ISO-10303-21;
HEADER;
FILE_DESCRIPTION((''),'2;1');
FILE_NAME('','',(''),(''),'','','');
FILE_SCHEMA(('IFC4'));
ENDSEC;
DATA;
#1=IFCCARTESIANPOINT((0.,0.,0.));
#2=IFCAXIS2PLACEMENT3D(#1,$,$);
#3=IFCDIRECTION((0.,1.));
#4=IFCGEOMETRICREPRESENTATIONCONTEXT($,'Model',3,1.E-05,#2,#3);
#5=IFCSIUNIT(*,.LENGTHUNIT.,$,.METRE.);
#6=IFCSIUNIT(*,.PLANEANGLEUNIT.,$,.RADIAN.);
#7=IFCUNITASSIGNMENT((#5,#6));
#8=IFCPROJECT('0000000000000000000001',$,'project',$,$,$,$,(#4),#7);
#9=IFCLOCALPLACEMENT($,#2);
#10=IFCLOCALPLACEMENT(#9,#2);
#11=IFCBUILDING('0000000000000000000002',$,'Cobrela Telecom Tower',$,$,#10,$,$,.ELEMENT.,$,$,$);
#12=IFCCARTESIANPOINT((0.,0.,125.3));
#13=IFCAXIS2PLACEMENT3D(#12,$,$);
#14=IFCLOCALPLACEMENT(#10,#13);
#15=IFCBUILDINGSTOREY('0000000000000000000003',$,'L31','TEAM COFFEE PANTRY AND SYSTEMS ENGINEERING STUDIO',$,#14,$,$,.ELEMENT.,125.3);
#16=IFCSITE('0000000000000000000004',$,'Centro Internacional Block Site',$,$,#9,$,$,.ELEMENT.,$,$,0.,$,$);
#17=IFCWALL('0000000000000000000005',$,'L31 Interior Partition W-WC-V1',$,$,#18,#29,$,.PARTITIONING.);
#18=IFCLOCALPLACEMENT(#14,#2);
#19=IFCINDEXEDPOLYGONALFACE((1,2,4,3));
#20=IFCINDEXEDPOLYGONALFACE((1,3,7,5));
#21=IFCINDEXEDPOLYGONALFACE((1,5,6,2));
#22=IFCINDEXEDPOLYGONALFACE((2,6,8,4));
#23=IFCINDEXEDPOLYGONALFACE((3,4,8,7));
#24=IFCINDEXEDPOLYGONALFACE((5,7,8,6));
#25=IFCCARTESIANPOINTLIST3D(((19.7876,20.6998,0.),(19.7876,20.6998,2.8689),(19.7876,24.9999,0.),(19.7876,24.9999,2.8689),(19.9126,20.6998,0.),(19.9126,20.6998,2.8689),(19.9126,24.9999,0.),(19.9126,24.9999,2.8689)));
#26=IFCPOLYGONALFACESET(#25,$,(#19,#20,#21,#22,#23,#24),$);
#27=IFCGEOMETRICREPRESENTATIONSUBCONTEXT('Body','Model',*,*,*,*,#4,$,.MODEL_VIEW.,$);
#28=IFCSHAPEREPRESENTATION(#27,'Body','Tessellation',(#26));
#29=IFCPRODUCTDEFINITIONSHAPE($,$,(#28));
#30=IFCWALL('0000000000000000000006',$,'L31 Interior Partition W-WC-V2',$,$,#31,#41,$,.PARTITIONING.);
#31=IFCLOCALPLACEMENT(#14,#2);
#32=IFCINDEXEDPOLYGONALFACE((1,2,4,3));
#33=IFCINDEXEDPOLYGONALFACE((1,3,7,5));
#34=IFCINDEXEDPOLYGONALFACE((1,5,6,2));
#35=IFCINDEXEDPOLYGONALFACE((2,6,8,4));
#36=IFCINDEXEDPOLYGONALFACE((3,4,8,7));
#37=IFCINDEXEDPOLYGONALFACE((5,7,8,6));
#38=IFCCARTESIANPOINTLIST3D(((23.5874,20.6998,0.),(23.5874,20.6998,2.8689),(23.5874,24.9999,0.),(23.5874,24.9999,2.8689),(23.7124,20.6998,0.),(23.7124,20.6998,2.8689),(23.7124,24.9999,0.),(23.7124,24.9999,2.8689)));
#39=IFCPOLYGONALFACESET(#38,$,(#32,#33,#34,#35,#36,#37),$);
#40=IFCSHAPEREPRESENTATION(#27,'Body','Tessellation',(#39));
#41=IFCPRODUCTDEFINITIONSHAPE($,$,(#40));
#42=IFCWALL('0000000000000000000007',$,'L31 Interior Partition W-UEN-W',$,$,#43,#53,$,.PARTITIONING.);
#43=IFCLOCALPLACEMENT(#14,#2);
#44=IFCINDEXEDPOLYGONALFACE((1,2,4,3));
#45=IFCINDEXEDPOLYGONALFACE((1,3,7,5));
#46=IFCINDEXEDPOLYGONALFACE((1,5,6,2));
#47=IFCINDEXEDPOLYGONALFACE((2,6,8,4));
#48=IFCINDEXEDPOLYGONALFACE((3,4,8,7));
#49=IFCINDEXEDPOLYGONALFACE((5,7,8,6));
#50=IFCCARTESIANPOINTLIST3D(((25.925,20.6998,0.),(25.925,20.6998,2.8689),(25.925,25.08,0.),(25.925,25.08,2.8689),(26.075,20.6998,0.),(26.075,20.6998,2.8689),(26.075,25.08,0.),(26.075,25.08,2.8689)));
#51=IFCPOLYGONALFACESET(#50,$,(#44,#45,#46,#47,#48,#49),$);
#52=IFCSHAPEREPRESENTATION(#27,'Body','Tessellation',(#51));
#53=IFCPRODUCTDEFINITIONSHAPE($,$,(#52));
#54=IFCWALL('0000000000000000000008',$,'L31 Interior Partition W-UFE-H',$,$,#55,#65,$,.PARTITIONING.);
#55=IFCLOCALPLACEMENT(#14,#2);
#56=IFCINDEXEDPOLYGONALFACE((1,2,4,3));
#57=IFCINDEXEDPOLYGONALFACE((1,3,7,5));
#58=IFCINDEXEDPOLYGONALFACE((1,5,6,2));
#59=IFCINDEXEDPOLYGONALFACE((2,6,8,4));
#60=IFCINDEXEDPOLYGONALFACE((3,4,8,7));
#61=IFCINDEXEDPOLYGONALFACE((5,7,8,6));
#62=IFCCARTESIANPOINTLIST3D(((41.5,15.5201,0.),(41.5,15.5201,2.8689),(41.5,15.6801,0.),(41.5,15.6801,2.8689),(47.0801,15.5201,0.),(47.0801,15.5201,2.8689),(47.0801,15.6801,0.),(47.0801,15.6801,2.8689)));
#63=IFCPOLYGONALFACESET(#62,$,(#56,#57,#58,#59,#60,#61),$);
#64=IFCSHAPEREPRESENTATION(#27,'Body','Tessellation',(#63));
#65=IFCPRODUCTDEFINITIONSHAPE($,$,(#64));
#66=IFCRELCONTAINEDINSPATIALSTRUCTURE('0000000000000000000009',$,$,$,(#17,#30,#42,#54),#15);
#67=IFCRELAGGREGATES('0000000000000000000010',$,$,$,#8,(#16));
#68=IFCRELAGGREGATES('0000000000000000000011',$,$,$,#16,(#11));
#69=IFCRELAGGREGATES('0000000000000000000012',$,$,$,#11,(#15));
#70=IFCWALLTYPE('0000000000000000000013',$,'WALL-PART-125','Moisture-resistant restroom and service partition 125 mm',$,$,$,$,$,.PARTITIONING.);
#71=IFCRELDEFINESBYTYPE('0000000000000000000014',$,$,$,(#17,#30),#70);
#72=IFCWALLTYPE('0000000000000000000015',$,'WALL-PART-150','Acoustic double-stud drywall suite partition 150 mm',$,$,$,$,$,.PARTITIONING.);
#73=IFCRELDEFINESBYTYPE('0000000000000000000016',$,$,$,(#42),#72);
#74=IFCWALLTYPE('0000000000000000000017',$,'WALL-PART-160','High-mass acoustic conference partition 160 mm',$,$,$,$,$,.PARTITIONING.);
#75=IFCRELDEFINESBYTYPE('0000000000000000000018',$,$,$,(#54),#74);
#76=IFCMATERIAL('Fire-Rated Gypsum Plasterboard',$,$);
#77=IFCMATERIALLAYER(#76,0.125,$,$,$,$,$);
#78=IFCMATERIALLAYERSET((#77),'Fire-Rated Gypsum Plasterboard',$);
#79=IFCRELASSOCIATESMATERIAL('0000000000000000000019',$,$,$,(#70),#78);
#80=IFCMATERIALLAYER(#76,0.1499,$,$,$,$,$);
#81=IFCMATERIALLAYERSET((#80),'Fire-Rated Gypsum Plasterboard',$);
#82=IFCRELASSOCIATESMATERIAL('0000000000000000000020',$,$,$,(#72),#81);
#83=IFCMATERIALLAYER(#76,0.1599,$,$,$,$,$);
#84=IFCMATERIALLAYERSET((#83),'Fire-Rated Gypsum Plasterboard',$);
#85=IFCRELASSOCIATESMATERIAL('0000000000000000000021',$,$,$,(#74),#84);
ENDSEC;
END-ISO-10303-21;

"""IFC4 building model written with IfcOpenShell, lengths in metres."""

from ifc_helpers import new_model, si_unit, direction, frame, frame_2d, origin, place, context, subcontext, project, spatial, rectangle, extrude, material, layer, layer_set, type_object, element, save


model = new_model("IFC4")

# Units and contexts
model_context = context("Model", 3, precision=1e-05, world=origin(), true_north=direction((0.0, 1.0)))
body_context = subcontext(model_context, "Body", "Model", "MODEL_VIEW")
ifc_project = project(units=[si_unit("LENGTHUNIT", "METRE"), si_unit("PLANEANGLEUNIT", "RADIAN")], contexts=[model_context])

# Site, building, storey
site_placement = place(None, origin())
site = spatial("IfcSite", under=ifc_project, at=site_placement, Name="Centro Internacional Block Site", CompositionType="ELEMENT", RefElevation=0.0)
building_placement = place(site_placement, origin())
building = spatial("IfcBuilding", under=site, at=building_placement, Name="Cobrela Telecom Tower", CompositionType="ELEMENT")
storey_placement = place(building_placement, frame((0.0, 0.0, 125.3)))
storey = spatial("IfcBuildingStorey", under=building, at=storey_placement, Name="L31", Description="TEAM COFFEE PANTRY AND SYSTEMS ENGINEERING STUDIO", CompositionType="ELEMENT", Elevation=125.3)

# Walls
ifc_material_1 = material(Name="Fire-Rated Gypsum Plasterboard")
ifc_layer_1 = layer(ifc_material_1, 0.125)
ifc_layer_set_1 = layer_set([ifc_layer_1], Name="Fire-Rated Gypsum Plasterboard")
wall_type_1 = type_object("IfcWallType", Name="WALL-PART-125", Description="Moisture-resistant restroom and service partition 125 mm", PredefinedType="PARTITIONING", material=ifc_layer_set_1)
for number, where, z_axis, x_axis, name in (
    (1, (19.8501, 20.7, 0.0), (0.0, 0.0, 1.0), (0.0, 1.0, 0.0), "L31 Interior Partition W-WC-V1"),
    (2, (23.6499, 20.7, 0.0), (0.0, 0.0, 1.0), (0.0, 1.0, 0.0), "L31 Interior Partition W-WC-V2"),
):
    element("IfcWall", number, at=place(storey_placement, frame(where, z_axis=z_axis, x_axis=x_axis)), inside=storey, type_object=wall_type_1, Name=name, PredefinedType="PARTITIONING", context=body_context, shape_type="SweptSolid", body=[
        extrude(rectangle(XDim=4.3, YDim=0.125, at=frame_2d((2.1499, 0.0))), origin(), (0.0, 0.0, 1.0), 2.8689),
    ])
ifc_layer_2 = layer(ifc_material_1, 0.1499)
ifc_layer_set_2 = layer_set([ifc_layer_2], Name="Fire-Rated Gypsum Plasterboard")
wall_type_2 = type_object("IfcWallType", Name="WALL-PART-150", Description="Acoustic double-stud drywall suite partition 150 mm", PredefinedType="PARTITIONING", material=ifc_layer_set_2)
wall_1_placement = place(storey_placement, frame((26.0, 20.7, 0.0), z_axis=(0.0, 0.0, 1.0), x_axis=(0.0, 1.0, 0.0)))
element("IfcWall", 3, at=wall_1_placement, inside=storey, type_object=wall_type_2, Name="L31 Interior Partition W-UEN-W", PredefinedType="PARTITIONING", context=body_context, shape_type="SweptSolid", body=[
    extrude(rectangle(XDim=4.3801, YDim=0.1499, at=frame_2d((2.1899, 0.0))), origin(), (0.0, 0.0, 1.0), 2.8689),
])
ifc_layer_3 = layer(ifc_material_1, 0.1599)
ifc_layer_set_3 = layer_set([ifc_layer_3], Name="Fire-Rated Gypsum Plasterboard")
wall_type_3 = type_object("IfcWallType", Name="WALL-PART-160", Description="High-mass acoustic conference partition 160 mm", PredefinedType="PARTITIONING", material=ifc_layer_set_3)
wall_2_placement = place(storey_placement, frame((41.5, 15.6001, 0.0), z_axis=(0.0, 0.0, 1.0), x_axis=(1.0, 0.0, 0.0)))
element("IfcWall", 4, at=wall_2_placement, inside=storey, type_object=wall_type_3, Name="L31 Interior Partition W-UFE-H", PredefinedType="PARTITIONING", context=body_context, shape_type="SweptSolid", body=[
    extrude(rectangle(XDim=5.5801, YDim=0.1599, at=frame_2d((2.79, 0.0))), origin(), (0.0, 0.0, 1.0), 2.8689),
])

save(model, "model.ifc")
